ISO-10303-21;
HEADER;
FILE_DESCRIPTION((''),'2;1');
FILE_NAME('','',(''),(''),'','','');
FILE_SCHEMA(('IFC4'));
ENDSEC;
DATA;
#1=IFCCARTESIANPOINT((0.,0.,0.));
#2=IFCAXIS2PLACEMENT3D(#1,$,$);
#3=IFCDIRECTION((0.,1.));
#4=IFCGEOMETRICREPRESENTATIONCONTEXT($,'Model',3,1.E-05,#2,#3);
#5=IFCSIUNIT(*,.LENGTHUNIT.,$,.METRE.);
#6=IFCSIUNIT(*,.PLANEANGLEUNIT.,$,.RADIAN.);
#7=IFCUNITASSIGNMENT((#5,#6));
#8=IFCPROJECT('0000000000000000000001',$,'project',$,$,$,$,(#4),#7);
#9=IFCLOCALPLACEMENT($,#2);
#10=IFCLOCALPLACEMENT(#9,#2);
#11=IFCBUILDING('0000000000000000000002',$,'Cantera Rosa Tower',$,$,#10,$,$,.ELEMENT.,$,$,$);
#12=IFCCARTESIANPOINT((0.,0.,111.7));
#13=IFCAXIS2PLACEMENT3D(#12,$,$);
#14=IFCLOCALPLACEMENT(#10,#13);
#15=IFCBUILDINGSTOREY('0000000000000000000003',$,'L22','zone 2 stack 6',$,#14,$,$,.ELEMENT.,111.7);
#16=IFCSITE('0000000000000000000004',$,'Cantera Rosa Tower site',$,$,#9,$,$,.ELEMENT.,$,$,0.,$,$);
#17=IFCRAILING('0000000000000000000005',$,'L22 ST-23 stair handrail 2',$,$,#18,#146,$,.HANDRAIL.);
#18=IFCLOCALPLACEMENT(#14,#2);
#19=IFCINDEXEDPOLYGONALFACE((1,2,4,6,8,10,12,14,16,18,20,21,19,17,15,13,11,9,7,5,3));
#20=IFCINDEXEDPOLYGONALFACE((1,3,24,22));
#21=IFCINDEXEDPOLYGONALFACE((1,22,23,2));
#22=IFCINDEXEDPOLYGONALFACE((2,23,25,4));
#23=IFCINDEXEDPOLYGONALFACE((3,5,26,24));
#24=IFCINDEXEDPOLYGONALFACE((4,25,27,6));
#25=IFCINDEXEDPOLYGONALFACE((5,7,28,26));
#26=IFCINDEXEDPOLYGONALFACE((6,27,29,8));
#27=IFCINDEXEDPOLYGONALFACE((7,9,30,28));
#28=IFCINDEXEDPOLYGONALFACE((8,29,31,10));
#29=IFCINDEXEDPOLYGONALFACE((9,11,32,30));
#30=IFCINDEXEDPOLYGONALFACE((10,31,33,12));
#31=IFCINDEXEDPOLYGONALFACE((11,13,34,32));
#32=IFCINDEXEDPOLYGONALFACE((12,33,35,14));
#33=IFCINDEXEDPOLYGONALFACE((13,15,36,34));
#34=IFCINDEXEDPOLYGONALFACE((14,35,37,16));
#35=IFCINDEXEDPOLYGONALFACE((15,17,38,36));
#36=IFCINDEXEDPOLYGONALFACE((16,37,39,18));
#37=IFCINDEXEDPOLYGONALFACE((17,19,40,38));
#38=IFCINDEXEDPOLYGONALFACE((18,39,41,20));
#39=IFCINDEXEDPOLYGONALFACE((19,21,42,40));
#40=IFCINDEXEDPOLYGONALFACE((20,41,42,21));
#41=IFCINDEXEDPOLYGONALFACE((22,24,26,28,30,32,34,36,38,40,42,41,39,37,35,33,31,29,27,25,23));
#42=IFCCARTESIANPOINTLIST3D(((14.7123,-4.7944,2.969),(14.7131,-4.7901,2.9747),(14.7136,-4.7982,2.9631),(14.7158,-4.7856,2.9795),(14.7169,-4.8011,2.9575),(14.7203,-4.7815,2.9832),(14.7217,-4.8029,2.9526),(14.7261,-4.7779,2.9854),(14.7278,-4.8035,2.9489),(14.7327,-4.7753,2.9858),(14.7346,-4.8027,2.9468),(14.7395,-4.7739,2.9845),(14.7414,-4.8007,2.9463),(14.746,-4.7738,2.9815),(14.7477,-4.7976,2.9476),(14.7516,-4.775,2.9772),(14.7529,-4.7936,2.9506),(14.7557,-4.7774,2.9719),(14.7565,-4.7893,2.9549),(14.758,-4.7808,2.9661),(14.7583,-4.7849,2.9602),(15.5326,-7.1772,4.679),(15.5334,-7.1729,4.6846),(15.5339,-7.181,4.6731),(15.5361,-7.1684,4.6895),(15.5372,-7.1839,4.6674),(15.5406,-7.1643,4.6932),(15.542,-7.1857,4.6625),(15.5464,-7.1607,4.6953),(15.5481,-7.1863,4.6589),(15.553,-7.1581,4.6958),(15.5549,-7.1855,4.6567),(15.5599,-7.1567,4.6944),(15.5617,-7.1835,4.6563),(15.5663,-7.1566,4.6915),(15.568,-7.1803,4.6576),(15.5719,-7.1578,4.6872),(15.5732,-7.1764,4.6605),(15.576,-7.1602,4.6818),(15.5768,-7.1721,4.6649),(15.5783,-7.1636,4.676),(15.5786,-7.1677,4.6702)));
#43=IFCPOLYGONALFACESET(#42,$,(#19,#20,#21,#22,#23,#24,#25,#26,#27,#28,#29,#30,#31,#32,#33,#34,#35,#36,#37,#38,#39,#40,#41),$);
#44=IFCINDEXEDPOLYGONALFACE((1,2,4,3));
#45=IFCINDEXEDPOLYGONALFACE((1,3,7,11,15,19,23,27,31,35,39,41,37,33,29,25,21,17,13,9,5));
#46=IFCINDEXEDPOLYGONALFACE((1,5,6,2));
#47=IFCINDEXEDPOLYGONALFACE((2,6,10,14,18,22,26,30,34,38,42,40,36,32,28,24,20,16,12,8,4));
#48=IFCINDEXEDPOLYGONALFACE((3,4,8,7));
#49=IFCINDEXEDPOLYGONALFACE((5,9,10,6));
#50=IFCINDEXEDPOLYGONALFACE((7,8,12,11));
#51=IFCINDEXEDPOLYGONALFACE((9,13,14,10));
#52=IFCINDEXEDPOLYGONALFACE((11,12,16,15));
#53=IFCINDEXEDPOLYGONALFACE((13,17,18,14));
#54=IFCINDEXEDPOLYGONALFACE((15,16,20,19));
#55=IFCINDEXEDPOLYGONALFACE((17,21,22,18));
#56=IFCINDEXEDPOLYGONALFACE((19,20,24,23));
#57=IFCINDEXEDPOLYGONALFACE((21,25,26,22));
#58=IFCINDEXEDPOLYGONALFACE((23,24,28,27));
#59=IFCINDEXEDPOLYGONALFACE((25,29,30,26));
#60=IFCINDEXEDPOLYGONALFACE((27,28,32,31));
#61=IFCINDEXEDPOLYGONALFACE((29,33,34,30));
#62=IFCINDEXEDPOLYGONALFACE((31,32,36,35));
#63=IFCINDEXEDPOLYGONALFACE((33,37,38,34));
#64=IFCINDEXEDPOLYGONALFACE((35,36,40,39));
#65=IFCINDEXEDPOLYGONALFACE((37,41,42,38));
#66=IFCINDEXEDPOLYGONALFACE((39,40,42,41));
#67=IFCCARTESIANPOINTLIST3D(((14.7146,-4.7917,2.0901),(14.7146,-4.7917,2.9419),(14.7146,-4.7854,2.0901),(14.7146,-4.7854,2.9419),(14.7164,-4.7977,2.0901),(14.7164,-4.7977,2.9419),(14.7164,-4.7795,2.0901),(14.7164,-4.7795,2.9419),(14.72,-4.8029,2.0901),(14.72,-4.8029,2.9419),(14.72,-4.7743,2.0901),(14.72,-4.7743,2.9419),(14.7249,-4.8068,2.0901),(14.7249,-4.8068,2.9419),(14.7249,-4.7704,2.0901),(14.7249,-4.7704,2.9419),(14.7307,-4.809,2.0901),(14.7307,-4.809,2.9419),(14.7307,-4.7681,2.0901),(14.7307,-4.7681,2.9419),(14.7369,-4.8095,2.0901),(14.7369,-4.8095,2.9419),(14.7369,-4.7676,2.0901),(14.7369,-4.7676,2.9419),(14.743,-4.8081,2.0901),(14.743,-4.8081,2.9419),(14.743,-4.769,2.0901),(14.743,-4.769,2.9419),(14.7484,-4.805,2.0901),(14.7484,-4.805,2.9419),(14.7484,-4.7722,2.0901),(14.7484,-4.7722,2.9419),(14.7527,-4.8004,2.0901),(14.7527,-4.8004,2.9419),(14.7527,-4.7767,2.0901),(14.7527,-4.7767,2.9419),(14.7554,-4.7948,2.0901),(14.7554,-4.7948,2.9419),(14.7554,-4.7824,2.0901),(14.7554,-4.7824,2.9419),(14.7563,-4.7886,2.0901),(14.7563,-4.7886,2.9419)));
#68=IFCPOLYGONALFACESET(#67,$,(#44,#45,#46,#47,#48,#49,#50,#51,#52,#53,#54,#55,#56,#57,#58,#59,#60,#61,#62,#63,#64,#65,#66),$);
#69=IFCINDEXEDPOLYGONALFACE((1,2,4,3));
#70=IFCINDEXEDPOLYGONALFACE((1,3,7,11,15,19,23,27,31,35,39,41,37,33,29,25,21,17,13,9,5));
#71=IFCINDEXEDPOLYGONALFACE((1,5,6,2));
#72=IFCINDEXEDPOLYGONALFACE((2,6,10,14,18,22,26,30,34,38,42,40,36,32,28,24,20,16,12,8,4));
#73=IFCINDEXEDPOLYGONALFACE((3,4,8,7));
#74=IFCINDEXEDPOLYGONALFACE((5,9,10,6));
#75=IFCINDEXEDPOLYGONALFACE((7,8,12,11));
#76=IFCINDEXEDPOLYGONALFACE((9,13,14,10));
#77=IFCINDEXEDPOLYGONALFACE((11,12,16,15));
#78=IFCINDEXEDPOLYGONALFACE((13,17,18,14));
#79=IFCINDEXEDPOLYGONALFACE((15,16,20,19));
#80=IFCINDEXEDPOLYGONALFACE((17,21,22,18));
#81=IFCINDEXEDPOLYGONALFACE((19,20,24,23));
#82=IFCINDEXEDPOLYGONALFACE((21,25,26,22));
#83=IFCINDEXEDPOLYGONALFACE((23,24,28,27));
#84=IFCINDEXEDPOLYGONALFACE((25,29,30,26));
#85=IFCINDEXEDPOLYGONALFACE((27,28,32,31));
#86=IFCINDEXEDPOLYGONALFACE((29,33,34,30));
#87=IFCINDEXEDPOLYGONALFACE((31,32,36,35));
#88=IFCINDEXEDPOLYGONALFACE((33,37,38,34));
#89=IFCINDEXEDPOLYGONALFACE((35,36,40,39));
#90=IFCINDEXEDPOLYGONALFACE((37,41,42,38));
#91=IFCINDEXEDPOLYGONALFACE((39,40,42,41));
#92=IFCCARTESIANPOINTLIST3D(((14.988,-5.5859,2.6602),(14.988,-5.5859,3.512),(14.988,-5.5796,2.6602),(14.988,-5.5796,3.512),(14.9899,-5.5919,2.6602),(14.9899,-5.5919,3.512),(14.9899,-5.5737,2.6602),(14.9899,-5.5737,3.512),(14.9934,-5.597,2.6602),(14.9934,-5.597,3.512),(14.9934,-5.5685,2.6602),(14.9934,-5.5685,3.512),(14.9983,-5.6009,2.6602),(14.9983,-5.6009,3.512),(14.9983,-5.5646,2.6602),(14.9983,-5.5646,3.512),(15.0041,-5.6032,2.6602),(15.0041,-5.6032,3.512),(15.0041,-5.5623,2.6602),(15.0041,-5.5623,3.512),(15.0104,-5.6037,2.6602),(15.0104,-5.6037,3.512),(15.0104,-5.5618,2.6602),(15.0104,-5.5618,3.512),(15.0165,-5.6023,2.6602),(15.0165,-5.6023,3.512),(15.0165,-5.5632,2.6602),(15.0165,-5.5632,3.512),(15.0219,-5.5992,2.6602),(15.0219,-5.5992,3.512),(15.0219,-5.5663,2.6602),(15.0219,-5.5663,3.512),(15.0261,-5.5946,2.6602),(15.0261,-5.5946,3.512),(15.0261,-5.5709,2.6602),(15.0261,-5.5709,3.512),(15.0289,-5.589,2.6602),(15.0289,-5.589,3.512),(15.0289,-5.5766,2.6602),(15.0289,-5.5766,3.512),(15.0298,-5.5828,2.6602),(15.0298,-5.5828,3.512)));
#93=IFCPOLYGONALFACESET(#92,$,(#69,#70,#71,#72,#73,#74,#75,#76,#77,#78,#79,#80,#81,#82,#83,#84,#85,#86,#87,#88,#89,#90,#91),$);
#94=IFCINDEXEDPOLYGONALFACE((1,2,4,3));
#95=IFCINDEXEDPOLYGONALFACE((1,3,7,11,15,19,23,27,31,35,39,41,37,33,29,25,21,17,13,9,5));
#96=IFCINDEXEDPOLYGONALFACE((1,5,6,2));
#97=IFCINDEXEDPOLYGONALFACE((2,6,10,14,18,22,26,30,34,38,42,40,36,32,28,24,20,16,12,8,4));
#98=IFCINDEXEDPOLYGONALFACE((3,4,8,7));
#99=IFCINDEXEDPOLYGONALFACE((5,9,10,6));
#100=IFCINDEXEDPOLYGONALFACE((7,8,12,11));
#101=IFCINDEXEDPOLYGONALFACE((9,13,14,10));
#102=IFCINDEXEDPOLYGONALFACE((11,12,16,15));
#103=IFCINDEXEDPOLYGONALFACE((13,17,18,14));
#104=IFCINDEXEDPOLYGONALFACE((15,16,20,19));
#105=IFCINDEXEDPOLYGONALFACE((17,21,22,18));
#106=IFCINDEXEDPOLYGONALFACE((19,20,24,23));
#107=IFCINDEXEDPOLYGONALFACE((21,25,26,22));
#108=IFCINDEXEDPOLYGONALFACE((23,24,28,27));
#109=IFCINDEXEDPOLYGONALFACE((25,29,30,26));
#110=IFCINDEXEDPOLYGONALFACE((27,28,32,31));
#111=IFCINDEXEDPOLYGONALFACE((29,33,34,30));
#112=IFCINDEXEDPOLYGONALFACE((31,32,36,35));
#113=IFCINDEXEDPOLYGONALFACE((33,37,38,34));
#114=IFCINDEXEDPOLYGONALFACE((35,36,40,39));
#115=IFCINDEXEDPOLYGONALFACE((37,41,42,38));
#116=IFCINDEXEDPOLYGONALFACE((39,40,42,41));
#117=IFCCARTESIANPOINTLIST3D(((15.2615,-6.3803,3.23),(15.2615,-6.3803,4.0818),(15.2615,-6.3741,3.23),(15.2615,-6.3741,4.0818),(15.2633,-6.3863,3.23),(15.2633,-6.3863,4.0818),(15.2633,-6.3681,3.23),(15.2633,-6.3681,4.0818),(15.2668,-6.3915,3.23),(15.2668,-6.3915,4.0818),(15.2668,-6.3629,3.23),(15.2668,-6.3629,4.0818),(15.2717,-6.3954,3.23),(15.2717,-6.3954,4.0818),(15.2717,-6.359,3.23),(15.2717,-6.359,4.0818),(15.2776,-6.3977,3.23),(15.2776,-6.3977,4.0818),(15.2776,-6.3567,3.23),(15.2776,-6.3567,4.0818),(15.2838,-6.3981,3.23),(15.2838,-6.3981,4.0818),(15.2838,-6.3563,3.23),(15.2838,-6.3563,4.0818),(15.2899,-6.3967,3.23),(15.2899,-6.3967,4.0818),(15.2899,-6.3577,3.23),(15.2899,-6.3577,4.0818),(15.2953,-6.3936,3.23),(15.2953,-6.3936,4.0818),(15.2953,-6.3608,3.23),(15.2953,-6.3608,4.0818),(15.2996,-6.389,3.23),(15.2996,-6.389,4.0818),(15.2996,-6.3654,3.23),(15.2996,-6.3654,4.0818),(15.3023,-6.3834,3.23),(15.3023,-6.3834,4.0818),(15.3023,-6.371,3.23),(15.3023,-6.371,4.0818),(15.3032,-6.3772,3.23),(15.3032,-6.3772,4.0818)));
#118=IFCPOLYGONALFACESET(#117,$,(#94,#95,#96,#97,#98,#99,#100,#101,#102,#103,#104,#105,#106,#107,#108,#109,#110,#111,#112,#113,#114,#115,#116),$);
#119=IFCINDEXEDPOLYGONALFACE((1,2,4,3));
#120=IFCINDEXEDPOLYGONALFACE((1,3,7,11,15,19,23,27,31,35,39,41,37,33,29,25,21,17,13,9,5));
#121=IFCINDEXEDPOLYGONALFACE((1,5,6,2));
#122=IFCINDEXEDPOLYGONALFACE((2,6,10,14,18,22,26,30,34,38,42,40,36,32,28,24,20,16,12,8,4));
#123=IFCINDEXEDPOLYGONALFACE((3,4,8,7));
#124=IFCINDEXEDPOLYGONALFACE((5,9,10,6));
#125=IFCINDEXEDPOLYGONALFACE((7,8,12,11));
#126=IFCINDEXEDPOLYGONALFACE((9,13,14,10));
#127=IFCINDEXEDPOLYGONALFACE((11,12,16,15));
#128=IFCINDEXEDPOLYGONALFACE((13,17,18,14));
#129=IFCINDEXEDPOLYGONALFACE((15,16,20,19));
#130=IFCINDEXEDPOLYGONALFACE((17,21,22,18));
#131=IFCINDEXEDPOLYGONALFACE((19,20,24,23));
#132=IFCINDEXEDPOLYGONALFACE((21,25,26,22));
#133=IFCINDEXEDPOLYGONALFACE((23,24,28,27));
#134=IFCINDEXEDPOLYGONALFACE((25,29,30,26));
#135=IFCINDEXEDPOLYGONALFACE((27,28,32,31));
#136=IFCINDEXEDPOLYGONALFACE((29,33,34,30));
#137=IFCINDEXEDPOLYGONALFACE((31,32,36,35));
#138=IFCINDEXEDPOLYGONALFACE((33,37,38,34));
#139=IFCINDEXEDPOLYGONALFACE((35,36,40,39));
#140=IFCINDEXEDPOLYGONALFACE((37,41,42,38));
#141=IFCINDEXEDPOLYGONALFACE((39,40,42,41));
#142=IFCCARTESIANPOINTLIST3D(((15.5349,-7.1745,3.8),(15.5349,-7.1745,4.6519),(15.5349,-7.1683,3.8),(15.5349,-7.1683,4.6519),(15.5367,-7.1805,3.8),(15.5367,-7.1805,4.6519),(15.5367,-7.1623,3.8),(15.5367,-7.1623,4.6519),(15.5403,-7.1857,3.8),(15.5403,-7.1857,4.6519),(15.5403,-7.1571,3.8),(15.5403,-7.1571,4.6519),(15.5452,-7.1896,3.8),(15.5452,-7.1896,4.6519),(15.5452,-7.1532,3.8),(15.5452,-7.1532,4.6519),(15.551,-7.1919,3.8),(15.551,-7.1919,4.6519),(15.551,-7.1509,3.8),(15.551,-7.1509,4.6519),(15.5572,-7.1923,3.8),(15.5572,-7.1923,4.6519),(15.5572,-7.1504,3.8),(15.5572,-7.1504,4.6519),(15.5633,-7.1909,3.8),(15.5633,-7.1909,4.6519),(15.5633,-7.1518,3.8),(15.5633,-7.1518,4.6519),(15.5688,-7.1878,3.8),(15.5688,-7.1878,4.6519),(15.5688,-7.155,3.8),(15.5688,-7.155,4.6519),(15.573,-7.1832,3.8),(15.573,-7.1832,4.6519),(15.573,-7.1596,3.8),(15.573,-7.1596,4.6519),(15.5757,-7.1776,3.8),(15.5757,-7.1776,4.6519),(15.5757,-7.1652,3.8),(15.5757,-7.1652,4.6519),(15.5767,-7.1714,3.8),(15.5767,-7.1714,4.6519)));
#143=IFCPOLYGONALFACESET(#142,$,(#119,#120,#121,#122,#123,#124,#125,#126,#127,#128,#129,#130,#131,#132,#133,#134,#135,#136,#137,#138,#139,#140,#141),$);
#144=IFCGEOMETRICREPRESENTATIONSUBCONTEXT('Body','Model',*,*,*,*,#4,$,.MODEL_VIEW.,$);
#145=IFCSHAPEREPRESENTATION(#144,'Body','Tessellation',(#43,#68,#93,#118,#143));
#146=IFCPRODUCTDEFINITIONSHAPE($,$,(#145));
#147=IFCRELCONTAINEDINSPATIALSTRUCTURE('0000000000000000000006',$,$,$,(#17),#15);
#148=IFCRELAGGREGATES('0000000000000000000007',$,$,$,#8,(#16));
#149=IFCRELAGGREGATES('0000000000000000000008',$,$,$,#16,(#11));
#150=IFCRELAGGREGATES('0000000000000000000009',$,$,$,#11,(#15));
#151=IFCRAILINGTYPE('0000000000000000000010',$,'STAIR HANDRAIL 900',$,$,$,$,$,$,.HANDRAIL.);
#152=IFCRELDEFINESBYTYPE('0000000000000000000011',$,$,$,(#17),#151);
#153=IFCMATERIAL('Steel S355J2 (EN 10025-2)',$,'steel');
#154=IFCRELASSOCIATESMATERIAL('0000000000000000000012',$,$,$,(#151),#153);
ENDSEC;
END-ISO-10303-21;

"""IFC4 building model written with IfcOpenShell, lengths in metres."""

from ifc_helpers import new_model, si_unit, direction, frame, origin, origin_2d, place, context, subcontext, project, spatial, circle, extrude, material, type_object, element, save


model = new_model("IFC4")

# Units and contexts
model_context = context("Model", 3, precision=1e-05, world=origin(), true_north=direction((0.0, 1.0)))
body_context = subcontext(model_context, "Body", "Model", "MODEL_VIEW")
ifc_project = project(units=[si_unit("LENGTHUNIT", "METRE"), si_unit("PLANEANGLEUNIT", "RADIAN")], contexts=[model_context])

# Site, building, storey
site_placement = place(None, origin())
site = spatial("IfcSite", under=ifc_project, at=site_placement, Name="Cantera Rosa Tower site", CompositionType="ELEMENT", RefElevation=0.0)
building_placement = place(site_placement, origin())
building = spatial("IfcBuilding", under=site, at=building_placement, Name="Cantera Rosa Tower", CompositionType="ELEMENT")
storey_placement = place(building_placement, frame((0.0, 0.0, 111.7)))
storey = spatial("IfcBuildingStorey", under=building, at=storey_placement, Name="L22", Description="zone 2 stack 6", CompositionType="ELEMENT", Elevation=111.7)

# Railing
ifc_material_1 = material(Name="Steel S355J2 (EN 10025-2)", Category="steel")
railing_type_1 = type_object("IfcRailingType", Name="STAIR HANDRAIL 900", PredefinedType="HANDRAIL", material=ifc_material_1)
railing_1_placement = place(storey_placement, frame((14.7354, -4.7886, 2.0901)))
element("IfcRailing", 1, at=railing_1_placement, inside=storey, type_object=railing_type_1, Name="L22 ST-23 stair handrail 2", PredefinedType="HANDRAIL", context=body_context, shape_type="SweptSolid", body=[
    extrude(circle(Radius=0.0239, at=origin_2d()), frame((0.0, 0.0, 0.876), z_axis=(0.269358, -0.782421, 0.561483), x_axis=(0.945538, 0.325513, 0.0)), (0.0, 0.0, 1.0), 3.0454),
    extrude(circle(Radius=0.021, at=origin_2d()), origin(), (0.0, 0.0, 1.0), 0.8518),
    extrude(circle(Radius=0.021, at=origin_2d()), frame((0.2734, -0.7942, 0.5701)), (0.0, 0.0, 1.0), 0.8518),
    extrude(circle(Radius=0.021, at=origin_2d()), frame((0.5469, -1.5886, 1.1399)), (0.0, 0.0, 1.0), 0.8518),
    extrude(circle(Radius=0.021, at=origin_2d()), frame((0.8203, -2.3828, 1.71)), (0.0, 0.0, 1.0), 0.8518),
])

save(model, "model.ifc")
